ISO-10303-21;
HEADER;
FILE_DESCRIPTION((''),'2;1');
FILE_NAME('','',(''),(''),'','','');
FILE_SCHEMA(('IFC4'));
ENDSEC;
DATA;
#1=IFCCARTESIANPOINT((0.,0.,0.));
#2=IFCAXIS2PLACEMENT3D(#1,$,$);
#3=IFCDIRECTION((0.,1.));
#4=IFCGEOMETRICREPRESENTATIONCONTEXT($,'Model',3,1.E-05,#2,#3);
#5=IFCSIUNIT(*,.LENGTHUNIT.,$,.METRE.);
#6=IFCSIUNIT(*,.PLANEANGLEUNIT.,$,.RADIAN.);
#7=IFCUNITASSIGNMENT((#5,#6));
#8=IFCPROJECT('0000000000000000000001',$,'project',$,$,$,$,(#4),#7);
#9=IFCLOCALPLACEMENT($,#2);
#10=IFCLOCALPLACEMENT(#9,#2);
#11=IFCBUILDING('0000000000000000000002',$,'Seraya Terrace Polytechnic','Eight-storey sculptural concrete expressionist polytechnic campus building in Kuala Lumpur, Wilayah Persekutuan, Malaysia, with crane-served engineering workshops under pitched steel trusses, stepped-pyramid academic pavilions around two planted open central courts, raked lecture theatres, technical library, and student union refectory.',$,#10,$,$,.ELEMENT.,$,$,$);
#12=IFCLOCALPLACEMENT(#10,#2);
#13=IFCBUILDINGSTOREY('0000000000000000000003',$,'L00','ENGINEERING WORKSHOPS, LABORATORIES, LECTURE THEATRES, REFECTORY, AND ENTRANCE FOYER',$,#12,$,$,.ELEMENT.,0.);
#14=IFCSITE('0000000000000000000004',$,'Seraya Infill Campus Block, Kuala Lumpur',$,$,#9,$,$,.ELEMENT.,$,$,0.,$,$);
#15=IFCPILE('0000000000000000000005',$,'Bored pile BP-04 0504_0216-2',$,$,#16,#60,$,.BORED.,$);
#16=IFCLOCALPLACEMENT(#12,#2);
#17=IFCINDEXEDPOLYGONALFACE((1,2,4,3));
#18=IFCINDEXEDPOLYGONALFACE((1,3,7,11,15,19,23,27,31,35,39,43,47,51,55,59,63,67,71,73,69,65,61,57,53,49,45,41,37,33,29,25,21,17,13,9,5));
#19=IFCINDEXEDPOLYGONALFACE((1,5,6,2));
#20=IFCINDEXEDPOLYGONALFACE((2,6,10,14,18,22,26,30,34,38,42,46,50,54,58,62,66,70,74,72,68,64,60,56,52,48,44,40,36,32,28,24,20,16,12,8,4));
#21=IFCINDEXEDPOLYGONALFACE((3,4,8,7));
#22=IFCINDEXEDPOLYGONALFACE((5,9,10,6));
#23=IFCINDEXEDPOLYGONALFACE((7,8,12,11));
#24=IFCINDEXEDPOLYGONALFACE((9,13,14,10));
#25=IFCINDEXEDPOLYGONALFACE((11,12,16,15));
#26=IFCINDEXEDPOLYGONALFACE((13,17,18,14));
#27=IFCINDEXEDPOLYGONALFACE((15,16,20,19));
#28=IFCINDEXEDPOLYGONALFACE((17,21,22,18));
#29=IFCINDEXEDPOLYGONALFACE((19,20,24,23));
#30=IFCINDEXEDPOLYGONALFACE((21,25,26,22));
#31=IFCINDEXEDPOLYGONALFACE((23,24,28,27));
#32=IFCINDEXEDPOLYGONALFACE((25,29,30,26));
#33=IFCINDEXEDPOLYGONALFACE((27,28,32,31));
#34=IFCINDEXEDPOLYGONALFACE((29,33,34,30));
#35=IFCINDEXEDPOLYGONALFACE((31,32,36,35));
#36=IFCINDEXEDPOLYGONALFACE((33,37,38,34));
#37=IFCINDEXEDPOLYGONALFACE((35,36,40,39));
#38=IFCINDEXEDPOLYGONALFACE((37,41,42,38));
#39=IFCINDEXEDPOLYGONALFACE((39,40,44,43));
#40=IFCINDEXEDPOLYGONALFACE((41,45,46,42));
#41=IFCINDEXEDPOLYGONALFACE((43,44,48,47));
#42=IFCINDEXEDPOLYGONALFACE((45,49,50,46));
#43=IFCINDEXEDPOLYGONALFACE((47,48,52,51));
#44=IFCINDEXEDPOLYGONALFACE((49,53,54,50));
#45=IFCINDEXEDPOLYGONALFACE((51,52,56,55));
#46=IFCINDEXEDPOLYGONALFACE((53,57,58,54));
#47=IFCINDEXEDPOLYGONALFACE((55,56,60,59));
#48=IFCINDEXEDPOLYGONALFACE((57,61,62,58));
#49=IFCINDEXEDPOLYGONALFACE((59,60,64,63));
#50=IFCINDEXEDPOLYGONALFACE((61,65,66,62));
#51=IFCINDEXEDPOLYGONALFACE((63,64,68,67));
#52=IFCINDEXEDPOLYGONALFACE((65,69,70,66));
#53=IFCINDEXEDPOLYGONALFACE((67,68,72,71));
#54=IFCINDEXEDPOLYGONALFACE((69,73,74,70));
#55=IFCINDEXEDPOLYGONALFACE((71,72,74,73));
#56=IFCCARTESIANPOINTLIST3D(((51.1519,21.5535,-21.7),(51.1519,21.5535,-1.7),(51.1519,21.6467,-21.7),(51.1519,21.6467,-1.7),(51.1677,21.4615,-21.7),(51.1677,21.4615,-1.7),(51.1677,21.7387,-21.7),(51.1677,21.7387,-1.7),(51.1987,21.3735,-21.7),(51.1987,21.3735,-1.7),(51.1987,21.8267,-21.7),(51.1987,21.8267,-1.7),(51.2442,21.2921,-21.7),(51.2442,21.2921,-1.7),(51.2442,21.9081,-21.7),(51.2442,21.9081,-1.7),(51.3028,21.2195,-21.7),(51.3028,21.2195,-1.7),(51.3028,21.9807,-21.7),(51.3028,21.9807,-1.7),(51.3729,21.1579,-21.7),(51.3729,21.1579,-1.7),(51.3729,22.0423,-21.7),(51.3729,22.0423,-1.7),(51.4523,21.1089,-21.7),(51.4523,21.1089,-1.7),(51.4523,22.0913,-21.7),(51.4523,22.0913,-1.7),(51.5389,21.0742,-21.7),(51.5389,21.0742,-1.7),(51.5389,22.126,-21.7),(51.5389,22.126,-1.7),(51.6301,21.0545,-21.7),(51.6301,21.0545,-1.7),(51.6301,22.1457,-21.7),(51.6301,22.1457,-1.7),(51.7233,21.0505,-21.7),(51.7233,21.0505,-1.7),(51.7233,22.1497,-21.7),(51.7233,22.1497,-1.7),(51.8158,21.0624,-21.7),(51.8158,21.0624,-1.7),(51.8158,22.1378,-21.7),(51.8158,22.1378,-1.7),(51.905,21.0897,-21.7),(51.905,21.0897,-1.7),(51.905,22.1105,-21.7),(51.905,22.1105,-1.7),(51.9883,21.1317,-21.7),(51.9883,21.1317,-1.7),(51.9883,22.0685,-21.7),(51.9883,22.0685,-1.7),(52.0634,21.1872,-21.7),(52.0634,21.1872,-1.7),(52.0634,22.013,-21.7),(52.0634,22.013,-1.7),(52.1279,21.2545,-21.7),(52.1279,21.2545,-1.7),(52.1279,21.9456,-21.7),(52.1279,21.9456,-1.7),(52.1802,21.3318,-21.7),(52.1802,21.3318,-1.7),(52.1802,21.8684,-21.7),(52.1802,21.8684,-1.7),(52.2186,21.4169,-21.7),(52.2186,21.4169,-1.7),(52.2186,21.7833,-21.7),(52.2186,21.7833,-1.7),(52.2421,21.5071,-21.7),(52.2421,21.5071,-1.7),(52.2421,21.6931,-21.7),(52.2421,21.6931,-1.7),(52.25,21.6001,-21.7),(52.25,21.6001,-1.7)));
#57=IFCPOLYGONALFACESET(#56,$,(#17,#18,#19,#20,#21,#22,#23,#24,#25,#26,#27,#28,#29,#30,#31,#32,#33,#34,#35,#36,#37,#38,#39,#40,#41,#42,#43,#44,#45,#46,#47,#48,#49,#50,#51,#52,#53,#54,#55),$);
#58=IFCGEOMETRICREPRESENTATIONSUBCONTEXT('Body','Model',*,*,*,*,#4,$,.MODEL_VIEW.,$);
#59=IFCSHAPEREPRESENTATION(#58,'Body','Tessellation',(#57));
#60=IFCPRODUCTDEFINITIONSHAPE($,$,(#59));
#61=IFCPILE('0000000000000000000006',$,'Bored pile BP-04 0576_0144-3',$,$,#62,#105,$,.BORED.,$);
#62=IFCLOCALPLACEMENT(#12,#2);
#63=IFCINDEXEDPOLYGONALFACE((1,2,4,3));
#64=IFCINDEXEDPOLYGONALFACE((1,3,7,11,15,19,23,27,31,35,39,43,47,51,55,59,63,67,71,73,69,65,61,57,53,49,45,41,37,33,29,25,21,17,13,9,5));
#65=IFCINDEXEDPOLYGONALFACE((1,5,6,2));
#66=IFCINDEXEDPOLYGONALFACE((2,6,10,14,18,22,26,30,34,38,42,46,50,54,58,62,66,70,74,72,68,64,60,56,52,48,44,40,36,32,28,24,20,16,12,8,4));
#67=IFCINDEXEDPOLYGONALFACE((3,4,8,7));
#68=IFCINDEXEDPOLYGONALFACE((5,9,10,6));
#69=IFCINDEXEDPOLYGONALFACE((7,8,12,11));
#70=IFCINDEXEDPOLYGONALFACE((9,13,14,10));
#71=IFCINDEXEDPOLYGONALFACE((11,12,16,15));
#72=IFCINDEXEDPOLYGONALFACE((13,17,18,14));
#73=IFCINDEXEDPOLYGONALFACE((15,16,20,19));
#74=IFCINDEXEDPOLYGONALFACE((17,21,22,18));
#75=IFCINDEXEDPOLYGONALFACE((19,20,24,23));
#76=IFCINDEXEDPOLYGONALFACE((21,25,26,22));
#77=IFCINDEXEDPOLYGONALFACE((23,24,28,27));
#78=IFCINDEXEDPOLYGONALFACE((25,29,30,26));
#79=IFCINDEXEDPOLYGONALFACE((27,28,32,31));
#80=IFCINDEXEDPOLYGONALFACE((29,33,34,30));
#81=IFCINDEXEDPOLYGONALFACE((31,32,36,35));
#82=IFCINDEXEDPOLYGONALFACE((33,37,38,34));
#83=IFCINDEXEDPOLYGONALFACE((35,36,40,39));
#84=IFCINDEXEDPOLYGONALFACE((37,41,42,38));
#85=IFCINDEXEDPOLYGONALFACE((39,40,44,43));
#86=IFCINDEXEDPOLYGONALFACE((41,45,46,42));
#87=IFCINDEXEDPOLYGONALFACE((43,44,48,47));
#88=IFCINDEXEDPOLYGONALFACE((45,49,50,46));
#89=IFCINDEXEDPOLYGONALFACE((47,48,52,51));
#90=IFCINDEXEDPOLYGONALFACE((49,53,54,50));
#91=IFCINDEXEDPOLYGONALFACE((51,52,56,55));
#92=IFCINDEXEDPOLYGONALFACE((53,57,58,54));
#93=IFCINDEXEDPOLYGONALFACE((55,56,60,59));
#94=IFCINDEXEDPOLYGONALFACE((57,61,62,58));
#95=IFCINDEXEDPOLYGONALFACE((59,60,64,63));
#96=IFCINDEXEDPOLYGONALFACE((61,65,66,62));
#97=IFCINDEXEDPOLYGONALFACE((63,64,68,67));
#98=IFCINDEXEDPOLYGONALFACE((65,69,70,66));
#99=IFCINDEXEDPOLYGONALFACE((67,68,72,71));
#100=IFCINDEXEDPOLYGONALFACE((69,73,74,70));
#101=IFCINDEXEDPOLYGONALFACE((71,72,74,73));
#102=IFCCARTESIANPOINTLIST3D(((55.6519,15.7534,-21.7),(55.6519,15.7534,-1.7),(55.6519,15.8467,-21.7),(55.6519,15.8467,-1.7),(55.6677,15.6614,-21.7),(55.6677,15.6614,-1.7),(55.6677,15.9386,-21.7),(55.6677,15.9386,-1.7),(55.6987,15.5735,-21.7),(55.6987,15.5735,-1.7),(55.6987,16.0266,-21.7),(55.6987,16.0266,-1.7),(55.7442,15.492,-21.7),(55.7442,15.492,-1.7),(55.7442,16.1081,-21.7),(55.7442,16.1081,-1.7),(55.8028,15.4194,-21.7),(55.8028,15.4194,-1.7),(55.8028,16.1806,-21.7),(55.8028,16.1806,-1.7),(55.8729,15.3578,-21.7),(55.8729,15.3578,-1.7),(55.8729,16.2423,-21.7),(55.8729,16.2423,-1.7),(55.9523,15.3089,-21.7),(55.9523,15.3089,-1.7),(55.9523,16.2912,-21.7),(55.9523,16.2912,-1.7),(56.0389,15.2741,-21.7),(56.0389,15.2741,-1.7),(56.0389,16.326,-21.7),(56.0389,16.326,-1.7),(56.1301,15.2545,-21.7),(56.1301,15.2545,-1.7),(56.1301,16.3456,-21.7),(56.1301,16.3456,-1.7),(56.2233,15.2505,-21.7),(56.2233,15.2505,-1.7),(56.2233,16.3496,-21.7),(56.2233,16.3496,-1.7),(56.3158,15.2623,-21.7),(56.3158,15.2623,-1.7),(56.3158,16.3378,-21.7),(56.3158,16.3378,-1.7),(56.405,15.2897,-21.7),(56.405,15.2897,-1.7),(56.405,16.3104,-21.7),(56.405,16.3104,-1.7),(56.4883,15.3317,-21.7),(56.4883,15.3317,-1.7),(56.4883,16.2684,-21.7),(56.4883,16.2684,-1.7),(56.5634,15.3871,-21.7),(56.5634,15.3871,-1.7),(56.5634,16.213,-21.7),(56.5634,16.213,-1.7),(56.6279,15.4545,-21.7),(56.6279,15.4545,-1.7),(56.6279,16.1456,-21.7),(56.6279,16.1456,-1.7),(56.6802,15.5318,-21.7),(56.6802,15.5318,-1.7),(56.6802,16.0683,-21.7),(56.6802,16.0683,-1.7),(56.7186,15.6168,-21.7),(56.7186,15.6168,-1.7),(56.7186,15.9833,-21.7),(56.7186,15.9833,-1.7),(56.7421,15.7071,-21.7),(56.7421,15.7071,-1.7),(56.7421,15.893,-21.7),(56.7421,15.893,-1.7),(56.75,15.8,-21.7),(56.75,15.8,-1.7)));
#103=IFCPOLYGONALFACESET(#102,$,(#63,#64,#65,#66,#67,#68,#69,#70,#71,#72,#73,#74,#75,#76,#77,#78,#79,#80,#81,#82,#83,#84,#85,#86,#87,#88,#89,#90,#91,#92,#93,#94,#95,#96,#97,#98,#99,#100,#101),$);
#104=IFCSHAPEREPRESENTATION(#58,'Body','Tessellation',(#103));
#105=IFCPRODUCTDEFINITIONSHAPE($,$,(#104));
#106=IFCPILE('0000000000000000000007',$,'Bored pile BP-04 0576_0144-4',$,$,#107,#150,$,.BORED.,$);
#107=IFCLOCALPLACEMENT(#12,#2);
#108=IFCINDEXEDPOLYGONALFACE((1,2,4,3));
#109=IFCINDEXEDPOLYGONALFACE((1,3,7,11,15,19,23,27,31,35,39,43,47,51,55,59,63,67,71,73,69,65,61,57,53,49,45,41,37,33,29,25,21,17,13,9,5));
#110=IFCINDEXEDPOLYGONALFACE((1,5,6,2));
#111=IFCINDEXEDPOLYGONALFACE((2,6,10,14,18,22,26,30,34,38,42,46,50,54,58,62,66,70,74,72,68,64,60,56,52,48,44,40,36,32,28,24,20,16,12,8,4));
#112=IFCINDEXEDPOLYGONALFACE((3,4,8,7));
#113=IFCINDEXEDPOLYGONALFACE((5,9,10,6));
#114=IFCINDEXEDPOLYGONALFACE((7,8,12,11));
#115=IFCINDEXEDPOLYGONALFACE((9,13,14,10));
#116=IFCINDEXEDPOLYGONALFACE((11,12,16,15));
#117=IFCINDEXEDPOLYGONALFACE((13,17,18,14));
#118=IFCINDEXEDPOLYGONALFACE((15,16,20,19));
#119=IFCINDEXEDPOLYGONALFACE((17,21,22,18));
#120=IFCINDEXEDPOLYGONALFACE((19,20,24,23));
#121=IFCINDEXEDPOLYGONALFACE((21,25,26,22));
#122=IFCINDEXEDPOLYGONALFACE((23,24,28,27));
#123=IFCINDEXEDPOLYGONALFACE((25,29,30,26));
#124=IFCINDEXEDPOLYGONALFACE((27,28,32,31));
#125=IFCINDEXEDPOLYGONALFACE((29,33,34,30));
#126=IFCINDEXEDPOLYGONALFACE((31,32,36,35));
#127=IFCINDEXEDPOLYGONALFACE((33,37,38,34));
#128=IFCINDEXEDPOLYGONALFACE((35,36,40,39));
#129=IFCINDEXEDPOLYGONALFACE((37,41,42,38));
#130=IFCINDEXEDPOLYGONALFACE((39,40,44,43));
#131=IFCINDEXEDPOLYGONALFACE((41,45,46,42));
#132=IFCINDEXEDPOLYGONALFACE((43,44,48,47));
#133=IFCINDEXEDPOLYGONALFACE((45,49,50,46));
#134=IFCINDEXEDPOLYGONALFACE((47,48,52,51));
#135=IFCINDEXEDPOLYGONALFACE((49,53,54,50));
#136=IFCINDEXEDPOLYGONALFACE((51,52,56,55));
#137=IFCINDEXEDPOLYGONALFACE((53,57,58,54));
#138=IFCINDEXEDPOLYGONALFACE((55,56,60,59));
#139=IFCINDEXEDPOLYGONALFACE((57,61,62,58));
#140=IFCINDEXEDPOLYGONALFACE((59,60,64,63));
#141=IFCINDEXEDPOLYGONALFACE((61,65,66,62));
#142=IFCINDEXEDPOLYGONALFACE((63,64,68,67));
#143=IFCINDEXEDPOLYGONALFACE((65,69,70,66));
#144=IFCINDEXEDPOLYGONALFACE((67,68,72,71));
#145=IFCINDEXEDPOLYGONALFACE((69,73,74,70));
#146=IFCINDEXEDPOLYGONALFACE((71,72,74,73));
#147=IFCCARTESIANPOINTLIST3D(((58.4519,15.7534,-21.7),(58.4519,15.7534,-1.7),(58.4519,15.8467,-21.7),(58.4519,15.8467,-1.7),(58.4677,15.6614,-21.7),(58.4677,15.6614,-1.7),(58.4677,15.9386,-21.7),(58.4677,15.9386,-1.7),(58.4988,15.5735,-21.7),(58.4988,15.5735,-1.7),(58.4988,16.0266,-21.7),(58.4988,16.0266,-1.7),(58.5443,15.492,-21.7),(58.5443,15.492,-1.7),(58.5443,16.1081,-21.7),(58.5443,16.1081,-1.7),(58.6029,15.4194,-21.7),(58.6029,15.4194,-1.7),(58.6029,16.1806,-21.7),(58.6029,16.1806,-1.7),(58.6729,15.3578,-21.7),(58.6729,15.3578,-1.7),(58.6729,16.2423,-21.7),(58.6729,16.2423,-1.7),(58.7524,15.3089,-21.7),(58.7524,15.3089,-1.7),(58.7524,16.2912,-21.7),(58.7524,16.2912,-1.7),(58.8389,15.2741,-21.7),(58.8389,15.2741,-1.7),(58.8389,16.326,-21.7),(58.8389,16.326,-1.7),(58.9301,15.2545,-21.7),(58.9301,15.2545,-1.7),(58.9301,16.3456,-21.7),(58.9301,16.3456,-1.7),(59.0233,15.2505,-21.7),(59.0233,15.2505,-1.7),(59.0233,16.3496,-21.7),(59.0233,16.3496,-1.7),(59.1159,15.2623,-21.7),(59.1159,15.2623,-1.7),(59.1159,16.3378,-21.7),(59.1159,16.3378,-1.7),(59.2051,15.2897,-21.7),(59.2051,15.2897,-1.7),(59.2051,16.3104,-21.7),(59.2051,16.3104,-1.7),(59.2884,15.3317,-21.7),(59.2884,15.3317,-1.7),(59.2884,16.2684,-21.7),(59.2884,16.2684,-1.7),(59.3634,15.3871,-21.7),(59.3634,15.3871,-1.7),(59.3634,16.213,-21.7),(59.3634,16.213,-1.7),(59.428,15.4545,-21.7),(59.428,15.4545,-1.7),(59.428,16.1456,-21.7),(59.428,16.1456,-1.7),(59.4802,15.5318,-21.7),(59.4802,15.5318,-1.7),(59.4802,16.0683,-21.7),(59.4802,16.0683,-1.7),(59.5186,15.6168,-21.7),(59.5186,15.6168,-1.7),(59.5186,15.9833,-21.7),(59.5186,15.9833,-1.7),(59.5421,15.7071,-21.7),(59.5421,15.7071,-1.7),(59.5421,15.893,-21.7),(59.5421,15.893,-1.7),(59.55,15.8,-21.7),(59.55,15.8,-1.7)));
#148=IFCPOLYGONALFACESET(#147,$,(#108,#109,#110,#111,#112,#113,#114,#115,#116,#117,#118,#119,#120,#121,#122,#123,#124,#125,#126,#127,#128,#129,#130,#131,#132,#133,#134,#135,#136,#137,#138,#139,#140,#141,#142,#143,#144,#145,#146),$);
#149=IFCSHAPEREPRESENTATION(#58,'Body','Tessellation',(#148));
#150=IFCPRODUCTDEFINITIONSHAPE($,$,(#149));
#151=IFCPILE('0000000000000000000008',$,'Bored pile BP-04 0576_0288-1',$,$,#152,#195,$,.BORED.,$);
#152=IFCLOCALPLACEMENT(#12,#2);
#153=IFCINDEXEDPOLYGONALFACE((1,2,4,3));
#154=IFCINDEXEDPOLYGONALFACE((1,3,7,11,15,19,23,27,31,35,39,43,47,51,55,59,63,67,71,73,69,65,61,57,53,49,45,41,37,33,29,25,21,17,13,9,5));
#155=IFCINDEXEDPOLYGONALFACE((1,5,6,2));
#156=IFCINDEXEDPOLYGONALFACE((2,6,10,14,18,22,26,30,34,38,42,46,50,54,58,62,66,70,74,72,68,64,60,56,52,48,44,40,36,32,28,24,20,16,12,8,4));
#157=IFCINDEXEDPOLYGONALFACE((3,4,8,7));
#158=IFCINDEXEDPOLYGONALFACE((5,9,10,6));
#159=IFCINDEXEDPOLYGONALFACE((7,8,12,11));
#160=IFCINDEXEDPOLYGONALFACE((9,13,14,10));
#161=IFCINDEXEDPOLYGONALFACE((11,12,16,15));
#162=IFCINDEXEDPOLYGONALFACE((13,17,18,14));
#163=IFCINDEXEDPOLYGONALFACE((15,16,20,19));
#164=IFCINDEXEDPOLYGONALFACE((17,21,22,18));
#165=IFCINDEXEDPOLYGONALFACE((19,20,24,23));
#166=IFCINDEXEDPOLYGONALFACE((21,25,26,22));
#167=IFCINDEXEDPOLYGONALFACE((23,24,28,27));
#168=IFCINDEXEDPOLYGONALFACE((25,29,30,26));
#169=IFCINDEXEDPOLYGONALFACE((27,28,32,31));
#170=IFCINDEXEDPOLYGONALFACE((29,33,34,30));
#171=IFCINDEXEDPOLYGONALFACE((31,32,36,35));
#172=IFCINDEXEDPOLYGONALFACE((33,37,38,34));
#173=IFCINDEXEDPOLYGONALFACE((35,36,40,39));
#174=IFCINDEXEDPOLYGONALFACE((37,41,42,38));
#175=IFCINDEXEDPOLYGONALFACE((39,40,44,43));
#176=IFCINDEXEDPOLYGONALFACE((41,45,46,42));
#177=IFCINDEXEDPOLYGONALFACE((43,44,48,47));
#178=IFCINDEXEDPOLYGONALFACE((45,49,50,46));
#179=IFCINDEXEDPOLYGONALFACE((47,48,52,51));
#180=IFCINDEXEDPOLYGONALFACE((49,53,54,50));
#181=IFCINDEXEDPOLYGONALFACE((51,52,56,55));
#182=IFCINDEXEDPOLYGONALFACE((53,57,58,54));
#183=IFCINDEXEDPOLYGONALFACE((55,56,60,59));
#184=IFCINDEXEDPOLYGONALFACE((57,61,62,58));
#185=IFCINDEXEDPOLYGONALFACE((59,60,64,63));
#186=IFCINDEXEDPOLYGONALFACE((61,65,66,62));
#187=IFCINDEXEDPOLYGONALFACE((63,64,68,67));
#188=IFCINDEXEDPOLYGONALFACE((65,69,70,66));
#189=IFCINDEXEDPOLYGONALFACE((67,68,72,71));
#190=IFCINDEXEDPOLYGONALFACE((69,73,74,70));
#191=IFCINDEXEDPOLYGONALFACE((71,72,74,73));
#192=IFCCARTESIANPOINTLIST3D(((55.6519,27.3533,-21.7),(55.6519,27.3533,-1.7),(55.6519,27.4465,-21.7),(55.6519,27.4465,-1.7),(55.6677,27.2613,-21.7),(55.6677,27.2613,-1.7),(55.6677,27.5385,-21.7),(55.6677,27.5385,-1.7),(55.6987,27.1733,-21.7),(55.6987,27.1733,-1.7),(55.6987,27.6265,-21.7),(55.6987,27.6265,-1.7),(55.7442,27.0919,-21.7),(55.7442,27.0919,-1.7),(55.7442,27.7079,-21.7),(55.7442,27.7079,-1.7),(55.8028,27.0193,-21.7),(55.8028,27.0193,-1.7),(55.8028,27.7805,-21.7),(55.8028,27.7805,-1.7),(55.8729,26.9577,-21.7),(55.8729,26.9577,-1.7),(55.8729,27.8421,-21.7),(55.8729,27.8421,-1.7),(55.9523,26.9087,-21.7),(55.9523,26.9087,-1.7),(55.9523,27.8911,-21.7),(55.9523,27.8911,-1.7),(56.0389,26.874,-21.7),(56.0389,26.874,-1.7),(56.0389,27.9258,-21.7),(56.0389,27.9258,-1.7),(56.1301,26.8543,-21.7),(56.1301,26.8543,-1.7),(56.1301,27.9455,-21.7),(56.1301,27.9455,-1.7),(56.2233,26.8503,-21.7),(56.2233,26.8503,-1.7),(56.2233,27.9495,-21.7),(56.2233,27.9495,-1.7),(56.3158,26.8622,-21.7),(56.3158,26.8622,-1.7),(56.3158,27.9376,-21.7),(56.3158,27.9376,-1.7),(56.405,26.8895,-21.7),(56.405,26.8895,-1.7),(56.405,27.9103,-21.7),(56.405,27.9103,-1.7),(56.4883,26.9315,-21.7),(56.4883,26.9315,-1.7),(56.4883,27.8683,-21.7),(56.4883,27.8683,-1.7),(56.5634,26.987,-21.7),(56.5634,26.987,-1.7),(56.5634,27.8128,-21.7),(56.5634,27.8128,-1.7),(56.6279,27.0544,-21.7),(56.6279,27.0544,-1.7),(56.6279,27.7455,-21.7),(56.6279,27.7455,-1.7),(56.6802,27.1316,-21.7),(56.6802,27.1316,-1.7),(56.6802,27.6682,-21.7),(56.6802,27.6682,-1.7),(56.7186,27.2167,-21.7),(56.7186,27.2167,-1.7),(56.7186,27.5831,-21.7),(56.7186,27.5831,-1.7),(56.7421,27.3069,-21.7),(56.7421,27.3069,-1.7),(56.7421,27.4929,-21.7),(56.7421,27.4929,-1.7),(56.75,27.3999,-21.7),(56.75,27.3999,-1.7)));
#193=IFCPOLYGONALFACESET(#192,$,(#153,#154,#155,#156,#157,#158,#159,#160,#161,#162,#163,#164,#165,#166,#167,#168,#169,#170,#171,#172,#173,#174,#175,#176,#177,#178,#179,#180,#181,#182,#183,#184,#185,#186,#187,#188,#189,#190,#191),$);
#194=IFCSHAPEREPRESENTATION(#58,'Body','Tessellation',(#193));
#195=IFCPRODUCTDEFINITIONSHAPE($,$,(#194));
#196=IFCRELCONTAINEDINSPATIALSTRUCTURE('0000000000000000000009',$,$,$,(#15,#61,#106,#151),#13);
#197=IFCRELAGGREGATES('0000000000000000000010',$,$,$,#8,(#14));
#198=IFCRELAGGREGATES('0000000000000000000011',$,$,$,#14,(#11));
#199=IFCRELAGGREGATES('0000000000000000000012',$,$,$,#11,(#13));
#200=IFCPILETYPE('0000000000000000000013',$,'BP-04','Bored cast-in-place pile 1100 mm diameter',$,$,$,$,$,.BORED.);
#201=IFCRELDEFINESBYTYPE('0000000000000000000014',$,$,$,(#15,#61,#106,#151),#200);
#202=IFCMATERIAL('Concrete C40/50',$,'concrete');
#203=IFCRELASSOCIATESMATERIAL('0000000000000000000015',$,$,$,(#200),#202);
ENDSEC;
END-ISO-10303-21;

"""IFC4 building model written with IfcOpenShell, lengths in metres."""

from ifc_helpers import new_model, si_unit, direction, frame, origin, origin_2d, place, context, subcontext, project, spatial, circle, extrude, material, material_profile, profile_set, type_object, element, save


model = new_model("IFC4")

# Units and contexts
model_context = context("Model", 3, precision=1e-05, world=origin(), true_north=direction((0.0, 1.0)))
body_context = subcontext(model_context, "Body", "Model", "MODEL_VIEW")
ifc_project = project(units=[si_unit("LENGTHUNIT", "METRE"), si_unit("PLANEANGLEUNIT", "RADIAN")], contexts=[model_context])

# Site, building, storey
site_placement = place(None, origin())
site = spatial("IfcSite", under=ifc_project, at=site_placement, Name="Seraya Infill Campus Block, Kuala Lumpur", CompositionType="ELEMENT", RefElevation=0.0)
building_placement = place(site_placement, origin())
building = spatial("IfcBuilding", under=site, at=building_placement, Name="Seraya Terrace Polytechnic", Description="Eight-storey sculptural concrete expressionist polytechnic campus building in Kuala Lumpur, Wilayah Persekutuan, Malaysia, with crane-served engineering workshops under pitched steel trusses, stepped-pyramid academic pavilions around two planted open central courts, raked lecture theatres, technical library, and student union refectory.", CompositionType="ELEMENT")
storey_placement = place(building_placement, origin())
storey = spatial("IfcBuildingStorey", under=building, at=storey_placement, Name="L00", Description="ENGINEERING WORKSHOPS, LABORATORIES, LECTURE THEATRES, REFECTORY, AND ENTRANCE FOYER", CompositionType="ELEMENT", Elevation=0.0)

# Piles
ifc_material_1 = material(Name="Concrete C40/50", Category="concrete")
ifc_material_profile_1 = material_profile(ifc_material_1, circle(Radius=0.55, at=origin_2d()), Name="DIA 1100")
ifc_profile_set_1 = profile_set([ifc_material_profile_1], Name="Concrete C40/50")
pile_type_1 = type_object("IfcPileType", Name="BP-04", Description="Bored cast-in-place pile 1100 mm diameter", PredefinedType="BORED", material=ifc_profile_set_1)
for number, where, z_axis, x_axis, name in (
    (1, (51.7, 21.6001, -1.7), (0.0, 0.0, -1.0), (1.0, 0.0, 0.0), "Bored pile BP-04 0504_0216-2"),
    (2, (56.2, 15.8, -1.7), (0.0, 0.0, -1.0), (1.0, 0.0, 0.0), "Bored pile BP-04 0576_0144-3"),
    (3, (59.0, 15.8, -1.7), (0.0, 0.0, -1.0), (1.0, 0.0, 0.0), "Bored pile BP-04 0576_0144-4"),
    (4, (56.2, 27.3999, -1.7), (0.0, 0.0, -1.0), (1.0, 0.0, 0.0), "Bored pile BP-04 0576_0288-1"),
):
    element("IfcPile", number, at=place(storey_placement, frame(where, z_axis=z_axis, x_axis=x_axis)), inside=storey, type_object=pile_type_1, Name=name, PredefinedType="BORED", context=body_context, shape_type="SweptSolid", body=[
        extrude(circle(Radius=0.55, at=origin_2d()), origin(), (0.0, 0.0, 1.0), 20.0),
    ])

save(model, "model.ifc")
